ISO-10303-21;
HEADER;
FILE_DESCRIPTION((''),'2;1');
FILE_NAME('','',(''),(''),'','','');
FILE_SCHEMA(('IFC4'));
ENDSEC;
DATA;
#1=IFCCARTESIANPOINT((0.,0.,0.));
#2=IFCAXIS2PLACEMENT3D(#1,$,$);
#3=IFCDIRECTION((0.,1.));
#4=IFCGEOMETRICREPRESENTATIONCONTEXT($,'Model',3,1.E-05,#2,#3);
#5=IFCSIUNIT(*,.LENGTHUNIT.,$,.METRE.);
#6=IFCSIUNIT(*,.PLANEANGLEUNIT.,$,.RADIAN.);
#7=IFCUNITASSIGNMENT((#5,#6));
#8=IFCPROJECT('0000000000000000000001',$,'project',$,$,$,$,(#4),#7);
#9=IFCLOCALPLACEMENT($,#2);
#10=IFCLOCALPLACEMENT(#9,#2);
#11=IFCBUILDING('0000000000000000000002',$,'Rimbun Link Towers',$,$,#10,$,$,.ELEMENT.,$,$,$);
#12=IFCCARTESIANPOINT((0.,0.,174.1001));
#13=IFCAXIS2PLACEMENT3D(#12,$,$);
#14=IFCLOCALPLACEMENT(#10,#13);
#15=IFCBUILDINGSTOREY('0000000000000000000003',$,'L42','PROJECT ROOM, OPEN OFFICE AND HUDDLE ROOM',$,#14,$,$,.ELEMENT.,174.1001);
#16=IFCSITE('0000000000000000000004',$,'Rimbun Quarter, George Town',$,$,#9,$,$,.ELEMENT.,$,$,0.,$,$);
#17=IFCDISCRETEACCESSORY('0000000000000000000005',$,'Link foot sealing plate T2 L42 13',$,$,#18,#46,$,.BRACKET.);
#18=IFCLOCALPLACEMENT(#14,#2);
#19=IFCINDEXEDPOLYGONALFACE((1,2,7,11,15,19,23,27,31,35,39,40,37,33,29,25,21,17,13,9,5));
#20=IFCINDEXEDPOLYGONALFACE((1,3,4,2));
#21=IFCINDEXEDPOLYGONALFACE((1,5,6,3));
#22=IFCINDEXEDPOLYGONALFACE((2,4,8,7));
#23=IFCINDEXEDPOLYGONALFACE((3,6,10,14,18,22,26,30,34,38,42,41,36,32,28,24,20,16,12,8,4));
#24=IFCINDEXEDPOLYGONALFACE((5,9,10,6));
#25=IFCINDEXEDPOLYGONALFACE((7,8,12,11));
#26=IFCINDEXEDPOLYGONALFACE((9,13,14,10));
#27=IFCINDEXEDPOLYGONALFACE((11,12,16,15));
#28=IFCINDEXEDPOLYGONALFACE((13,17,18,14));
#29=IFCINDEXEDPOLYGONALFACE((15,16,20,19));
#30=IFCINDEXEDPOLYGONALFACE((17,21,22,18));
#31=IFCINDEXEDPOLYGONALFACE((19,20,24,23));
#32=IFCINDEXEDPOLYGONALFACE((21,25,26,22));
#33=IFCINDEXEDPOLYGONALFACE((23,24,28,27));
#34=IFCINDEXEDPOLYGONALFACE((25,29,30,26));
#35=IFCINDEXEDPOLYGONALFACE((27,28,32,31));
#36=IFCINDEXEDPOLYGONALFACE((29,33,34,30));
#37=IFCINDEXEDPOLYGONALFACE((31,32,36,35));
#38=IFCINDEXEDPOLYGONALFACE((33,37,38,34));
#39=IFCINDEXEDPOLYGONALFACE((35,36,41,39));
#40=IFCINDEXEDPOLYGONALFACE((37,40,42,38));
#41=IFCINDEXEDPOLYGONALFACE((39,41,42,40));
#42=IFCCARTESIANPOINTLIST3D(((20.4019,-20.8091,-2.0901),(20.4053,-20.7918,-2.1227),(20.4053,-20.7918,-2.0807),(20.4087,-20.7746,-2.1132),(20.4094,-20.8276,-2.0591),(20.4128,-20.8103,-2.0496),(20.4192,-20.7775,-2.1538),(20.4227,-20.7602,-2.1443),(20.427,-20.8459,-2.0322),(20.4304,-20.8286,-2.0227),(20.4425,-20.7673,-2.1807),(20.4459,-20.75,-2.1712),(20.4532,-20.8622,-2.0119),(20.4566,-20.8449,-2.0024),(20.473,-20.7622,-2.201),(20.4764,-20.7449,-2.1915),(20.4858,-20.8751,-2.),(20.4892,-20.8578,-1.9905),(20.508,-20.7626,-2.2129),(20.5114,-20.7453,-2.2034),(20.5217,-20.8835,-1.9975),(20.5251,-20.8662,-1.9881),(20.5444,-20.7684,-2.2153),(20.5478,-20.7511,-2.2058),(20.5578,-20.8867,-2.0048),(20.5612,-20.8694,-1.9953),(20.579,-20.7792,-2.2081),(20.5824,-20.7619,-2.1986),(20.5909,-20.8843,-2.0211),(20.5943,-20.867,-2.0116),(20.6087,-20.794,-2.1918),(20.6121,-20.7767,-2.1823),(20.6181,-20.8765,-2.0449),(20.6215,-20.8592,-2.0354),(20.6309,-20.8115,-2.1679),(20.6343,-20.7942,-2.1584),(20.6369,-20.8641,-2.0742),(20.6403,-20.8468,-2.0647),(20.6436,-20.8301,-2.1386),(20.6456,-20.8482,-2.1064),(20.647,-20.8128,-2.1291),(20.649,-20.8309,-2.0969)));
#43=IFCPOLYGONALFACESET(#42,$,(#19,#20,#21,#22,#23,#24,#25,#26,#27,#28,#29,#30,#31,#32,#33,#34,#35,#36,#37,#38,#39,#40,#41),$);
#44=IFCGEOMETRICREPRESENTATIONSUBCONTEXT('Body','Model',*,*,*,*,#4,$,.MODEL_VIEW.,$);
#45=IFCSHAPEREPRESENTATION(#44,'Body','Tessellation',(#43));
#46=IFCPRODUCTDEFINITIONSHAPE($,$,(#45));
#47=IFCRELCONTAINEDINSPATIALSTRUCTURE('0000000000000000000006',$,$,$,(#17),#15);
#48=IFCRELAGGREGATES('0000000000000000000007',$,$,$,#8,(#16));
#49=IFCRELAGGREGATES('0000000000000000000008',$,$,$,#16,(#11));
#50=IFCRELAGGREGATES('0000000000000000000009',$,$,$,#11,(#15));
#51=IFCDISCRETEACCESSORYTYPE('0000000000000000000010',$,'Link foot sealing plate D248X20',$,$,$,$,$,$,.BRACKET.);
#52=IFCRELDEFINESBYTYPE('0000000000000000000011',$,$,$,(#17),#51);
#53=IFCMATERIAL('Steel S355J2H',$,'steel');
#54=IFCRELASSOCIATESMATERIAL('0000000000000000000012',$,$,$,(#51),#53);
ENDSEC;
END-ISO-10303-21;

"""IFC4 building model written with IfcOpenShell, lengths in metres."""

from ifc_helpers import new_model, si_unit, direction, frame, origin, origin_2d, place, context, subcontext, project, spatial, circle, extrude, material, material_profile, profile_set, type_object, element, save


model = new_model("IFC4")

# Units and contexts
model_context = context("Model", 3, precision=1e-05, world=origin(), true_north=direction((0.0, 1.0)))
body_context = subcontext(model_context, "Body", "Model", "MODEL_VIEW")
ifc_project = project(units=[si_unit("LENGTHUNIT", "METRE"), si_unit("PLANEANGLEUNIT", "RADIAN")], contexts=[model_context])

# Site, building, storey
site_placement = place(None, origin())
site = spatial("IfcSite", under=ifc_project, at=site_placement, Name="Rimbun Quarter, George Town", CompositionType="ELEMENT", RefElevation=0.0)
building_placement = place(site_placement, origin())
building = spatial("IfcBuilding", under=site, at=building_placement, Name="Rimbun Link Towers", CompositionType="ELEMENT")
storey_placement = place(building_placement, frame((0.0, 0.0, 174.1001)))
storey = spatial("IfcBuildingStorey", under=building, at=storey_placement, Name="L42", Description="PROJECT ROOM, OPEN OFFICE AND HUDDLE ROOM", CompositionType="ELEMENT", Elevation=174.1001)

# Discrete accessory
ifc_material_1 = material(Name="Steel S355J2H", Category="steel")
ifc_material_profile_1 = material_profile(ifc_material_1, circle(Radius=0.124, at=origin_2d()), Name="PL D248")
ifc_profile_set_1 = profile_set([ifc_material_profile_1], Name="Steel S355J2H")
discrete_accessory_type = type_object("IfcDiscreteAccessoryType", Name="Link foot sealing plate D248X20", PredefinedType="BRACKET", material=ifc_profile_set_1)
discrete_accessory_placement = place(storey_placement, frame((20.5273, -20.8069, -2.0969), z_axis=(-0.170302, -0.863673, -0.474412), x_axis=(0.981109, -0.193458, 0.0)))
element("IfcDiscreteAccessory", 1, at=discrete_accessory_placement, inside=storey, type_object=discrete_accessory_type, Name="Link foot sealing plate T2 L42 13", PredefinedType="BRACKET", context=body_context, shape_type="SweptSolid", body=[
    extrude(circle(Radius=0.124, at=origin_2d()), origin(), (0.0, 0.0, 1.0), 0.02),
])

save(model, "model.ifc")
